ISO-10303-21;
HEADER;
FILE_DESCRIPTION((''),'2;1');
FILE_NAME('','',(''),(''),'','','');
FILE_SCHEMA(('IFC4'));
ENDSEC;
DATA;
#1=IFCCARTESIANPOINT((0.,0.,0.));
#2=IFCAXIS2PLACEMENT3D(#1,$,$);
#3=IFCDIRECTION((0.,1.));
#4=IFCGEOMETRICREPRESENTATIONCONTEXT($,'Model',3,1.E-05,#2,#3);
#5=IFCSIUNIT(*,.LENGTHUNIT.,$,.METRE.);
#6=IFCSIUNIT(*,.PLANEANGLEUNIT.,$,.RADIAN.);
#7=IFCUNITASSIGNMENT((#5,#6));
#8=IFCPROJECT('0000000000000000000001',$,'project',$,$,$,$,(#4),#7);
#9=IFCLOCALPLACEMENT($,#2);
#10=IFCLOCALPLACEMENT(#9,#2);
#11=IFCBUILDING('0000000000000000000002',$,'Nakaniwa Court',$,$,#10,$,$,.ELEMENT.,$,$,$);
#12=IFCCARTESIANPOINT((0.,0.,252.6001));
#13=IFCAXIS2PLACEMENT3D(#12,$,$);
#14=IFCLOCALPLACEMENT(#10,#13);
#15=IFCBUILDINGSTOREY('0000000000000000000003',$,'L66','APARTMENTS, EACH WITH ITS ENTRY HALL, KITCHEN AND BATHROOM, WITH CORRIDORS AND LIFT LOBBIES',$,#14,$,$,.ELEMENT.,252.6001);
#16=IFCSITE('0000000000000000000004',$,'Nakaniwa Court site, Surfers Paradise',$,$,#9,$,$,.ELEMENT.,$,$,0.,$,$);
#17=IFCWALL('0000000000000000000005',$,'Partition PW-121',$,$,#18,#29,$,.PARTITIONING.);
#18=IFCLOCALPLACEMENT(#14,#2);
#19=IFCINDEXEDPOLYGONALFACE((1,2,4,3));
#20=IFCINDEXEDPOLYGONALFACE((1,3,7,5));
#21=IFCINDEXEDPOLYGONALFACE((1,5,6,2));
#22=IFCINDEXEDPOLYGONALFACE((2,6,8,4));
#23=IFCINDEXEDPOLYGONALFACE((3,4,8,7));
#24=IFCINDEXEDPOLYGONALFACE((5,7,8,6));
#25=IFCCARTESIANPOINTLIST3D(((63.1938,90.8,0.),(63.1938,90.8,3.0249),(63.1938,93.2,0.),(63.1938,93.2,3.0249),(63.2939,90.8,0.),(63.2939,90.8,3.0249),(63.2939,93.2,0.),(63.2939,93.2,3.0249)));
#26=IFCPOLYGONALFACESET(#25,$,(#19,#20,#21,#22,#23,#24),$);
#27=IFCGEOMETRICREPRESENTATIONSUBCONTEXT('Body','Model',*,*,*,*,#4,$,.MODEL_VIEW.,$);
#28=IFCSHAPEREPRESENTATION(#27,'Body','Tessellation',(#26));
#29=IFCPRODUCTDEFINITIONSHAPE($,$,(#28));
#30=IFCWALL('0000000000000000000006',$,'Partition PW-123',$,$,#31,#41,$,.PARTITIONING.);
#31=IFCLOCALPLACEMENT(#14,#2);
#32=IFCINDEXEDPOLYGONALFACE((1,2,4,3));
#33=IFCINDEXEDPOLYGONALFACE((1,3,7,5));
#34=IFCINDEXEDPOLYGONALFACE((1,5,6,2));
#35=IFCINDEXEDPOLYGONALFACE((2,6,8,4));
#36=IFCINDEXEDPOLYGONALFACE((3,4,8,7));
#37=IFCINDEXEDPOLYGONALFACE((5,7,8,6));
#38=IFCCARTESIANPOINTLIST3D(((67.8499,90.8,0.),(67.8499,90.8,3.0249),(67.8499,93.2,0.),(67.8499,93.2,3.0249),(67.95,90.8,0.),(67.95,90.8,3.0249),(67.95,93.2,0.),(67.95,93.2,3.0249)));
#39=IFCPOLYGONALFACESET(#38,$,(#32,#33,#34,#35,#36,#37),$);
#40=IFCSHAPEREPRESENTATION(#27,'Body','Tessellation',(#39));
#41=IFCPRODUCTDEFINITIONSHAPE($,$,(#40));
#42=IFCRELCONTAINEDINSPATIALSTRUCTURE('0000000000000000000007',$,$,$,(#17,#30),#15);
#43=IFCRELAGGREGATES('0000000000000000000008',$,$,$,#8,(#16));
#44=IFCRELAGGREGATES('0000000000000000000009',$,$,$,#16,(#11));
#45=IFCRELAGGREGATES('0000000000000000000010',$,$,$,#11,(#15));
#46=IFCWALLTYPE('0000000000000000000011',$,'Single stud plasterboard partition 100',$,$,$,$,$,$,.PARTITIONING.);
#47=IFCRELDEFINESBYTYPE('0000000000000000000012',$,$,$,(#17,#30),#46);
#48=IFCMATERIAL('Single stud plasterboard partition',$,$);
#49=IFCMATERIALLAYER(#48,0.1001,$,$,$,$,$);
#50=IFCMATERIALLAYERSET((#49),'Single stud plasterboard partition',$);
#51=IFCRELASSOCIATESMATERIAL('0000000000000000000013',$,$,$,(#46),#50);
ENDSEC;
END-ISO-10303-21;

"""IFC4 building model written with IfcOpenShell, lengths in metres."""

from ifc_helpers import new_model, si_unit, direction, frame, frame_2d, origin, place, context, subcontext, project, spatial, rectangle, extrude, material, layer, layer_set, type_object, element, save


model = new_model("IFC4")

# Units and contexts
model_context = context("Model", 3, precision=1e-05, world=origin(), true_north=direction((0.0, 1.0)))
body_context = subcontext(model_context, "Body", "Model", "MODEL_VIEW")
ifc_project = project(units=[si_unit("LENGTHUNIT", "METRE"), si_unit("PLANEANGLEUNIT", "RADIAN")], contexts=[model_context])

# Site, building, storey
site_placement = place(None, origin())
site = spatial("IfcSite", under=ifc_project, at=site_placement, Name="Nakaniwa Court site, Surfers Paradise", CompositionType="ELEMENT", RefElevation=0.0)
building_placement = place(site_placement, origin())
building = spatial("IfcBuilding", under=site, at=building_placement, Name="Nakaniwa Court", CompositionType="ELEMENT")
storey_placement = place(building_placement, frame((0.0, 0.0, 252.6001)))
storey = spatial("IfcBuildingStorey", under=building, at=storey_placement, Name="L66", Description="APARTMENTS, EACH WITH ITS ENTRY HALL, KITCHEN AND BATHROOM, WITH CORRIDORS AND LIFT LOBBIES", CompositionType="ELEMENT", Elevation=252.6001)

# Walls
ifc_material_1 = material(Name="Single stud plasterboard partition")
ifc_layer_1 = layer(ifc_material_1, 0.1001)
ifc_layer_set_1 = layer_set([ifc_layer_1], Name="Single stud plasterboard partition")
wall_type_1 = type_object("IfcWallType", Name="Single stud plasterboard partition 100", PredefinedType="PARTITIONING", material=ifc_layer_set_1)
for number, where, z_axis, x_axis, name in (
    (1, (63.2439, 90.8, 0.0), (0.0, 0.0, 1.0), (0.0, 1.0, 0.0), "Partition PW-121"),
    (2, (67.8999, 90.8, 0.0), (0.0, 0.0, 1.0), (0.0, 1.0, 0.0), "Partition PW-123"),
):
    element("IfcWall", number, at=place(storey_placement, frame(where, z_axis=z_axis, x_axis=x_axis)), inside=storey, type_object=wall_type_1, Name=name, PredefinedType="PARTITIONING", context=body_context, shape_type="SweptSolid", body=[
        extrude(rectangle(XDim=2.3999, YDim=0.1001, at=frame_2d((1.2, 0.0))), origin(), (0.0, 0.0, 1.0), 3.0249),
    ])

save(model, "model.ifc")
